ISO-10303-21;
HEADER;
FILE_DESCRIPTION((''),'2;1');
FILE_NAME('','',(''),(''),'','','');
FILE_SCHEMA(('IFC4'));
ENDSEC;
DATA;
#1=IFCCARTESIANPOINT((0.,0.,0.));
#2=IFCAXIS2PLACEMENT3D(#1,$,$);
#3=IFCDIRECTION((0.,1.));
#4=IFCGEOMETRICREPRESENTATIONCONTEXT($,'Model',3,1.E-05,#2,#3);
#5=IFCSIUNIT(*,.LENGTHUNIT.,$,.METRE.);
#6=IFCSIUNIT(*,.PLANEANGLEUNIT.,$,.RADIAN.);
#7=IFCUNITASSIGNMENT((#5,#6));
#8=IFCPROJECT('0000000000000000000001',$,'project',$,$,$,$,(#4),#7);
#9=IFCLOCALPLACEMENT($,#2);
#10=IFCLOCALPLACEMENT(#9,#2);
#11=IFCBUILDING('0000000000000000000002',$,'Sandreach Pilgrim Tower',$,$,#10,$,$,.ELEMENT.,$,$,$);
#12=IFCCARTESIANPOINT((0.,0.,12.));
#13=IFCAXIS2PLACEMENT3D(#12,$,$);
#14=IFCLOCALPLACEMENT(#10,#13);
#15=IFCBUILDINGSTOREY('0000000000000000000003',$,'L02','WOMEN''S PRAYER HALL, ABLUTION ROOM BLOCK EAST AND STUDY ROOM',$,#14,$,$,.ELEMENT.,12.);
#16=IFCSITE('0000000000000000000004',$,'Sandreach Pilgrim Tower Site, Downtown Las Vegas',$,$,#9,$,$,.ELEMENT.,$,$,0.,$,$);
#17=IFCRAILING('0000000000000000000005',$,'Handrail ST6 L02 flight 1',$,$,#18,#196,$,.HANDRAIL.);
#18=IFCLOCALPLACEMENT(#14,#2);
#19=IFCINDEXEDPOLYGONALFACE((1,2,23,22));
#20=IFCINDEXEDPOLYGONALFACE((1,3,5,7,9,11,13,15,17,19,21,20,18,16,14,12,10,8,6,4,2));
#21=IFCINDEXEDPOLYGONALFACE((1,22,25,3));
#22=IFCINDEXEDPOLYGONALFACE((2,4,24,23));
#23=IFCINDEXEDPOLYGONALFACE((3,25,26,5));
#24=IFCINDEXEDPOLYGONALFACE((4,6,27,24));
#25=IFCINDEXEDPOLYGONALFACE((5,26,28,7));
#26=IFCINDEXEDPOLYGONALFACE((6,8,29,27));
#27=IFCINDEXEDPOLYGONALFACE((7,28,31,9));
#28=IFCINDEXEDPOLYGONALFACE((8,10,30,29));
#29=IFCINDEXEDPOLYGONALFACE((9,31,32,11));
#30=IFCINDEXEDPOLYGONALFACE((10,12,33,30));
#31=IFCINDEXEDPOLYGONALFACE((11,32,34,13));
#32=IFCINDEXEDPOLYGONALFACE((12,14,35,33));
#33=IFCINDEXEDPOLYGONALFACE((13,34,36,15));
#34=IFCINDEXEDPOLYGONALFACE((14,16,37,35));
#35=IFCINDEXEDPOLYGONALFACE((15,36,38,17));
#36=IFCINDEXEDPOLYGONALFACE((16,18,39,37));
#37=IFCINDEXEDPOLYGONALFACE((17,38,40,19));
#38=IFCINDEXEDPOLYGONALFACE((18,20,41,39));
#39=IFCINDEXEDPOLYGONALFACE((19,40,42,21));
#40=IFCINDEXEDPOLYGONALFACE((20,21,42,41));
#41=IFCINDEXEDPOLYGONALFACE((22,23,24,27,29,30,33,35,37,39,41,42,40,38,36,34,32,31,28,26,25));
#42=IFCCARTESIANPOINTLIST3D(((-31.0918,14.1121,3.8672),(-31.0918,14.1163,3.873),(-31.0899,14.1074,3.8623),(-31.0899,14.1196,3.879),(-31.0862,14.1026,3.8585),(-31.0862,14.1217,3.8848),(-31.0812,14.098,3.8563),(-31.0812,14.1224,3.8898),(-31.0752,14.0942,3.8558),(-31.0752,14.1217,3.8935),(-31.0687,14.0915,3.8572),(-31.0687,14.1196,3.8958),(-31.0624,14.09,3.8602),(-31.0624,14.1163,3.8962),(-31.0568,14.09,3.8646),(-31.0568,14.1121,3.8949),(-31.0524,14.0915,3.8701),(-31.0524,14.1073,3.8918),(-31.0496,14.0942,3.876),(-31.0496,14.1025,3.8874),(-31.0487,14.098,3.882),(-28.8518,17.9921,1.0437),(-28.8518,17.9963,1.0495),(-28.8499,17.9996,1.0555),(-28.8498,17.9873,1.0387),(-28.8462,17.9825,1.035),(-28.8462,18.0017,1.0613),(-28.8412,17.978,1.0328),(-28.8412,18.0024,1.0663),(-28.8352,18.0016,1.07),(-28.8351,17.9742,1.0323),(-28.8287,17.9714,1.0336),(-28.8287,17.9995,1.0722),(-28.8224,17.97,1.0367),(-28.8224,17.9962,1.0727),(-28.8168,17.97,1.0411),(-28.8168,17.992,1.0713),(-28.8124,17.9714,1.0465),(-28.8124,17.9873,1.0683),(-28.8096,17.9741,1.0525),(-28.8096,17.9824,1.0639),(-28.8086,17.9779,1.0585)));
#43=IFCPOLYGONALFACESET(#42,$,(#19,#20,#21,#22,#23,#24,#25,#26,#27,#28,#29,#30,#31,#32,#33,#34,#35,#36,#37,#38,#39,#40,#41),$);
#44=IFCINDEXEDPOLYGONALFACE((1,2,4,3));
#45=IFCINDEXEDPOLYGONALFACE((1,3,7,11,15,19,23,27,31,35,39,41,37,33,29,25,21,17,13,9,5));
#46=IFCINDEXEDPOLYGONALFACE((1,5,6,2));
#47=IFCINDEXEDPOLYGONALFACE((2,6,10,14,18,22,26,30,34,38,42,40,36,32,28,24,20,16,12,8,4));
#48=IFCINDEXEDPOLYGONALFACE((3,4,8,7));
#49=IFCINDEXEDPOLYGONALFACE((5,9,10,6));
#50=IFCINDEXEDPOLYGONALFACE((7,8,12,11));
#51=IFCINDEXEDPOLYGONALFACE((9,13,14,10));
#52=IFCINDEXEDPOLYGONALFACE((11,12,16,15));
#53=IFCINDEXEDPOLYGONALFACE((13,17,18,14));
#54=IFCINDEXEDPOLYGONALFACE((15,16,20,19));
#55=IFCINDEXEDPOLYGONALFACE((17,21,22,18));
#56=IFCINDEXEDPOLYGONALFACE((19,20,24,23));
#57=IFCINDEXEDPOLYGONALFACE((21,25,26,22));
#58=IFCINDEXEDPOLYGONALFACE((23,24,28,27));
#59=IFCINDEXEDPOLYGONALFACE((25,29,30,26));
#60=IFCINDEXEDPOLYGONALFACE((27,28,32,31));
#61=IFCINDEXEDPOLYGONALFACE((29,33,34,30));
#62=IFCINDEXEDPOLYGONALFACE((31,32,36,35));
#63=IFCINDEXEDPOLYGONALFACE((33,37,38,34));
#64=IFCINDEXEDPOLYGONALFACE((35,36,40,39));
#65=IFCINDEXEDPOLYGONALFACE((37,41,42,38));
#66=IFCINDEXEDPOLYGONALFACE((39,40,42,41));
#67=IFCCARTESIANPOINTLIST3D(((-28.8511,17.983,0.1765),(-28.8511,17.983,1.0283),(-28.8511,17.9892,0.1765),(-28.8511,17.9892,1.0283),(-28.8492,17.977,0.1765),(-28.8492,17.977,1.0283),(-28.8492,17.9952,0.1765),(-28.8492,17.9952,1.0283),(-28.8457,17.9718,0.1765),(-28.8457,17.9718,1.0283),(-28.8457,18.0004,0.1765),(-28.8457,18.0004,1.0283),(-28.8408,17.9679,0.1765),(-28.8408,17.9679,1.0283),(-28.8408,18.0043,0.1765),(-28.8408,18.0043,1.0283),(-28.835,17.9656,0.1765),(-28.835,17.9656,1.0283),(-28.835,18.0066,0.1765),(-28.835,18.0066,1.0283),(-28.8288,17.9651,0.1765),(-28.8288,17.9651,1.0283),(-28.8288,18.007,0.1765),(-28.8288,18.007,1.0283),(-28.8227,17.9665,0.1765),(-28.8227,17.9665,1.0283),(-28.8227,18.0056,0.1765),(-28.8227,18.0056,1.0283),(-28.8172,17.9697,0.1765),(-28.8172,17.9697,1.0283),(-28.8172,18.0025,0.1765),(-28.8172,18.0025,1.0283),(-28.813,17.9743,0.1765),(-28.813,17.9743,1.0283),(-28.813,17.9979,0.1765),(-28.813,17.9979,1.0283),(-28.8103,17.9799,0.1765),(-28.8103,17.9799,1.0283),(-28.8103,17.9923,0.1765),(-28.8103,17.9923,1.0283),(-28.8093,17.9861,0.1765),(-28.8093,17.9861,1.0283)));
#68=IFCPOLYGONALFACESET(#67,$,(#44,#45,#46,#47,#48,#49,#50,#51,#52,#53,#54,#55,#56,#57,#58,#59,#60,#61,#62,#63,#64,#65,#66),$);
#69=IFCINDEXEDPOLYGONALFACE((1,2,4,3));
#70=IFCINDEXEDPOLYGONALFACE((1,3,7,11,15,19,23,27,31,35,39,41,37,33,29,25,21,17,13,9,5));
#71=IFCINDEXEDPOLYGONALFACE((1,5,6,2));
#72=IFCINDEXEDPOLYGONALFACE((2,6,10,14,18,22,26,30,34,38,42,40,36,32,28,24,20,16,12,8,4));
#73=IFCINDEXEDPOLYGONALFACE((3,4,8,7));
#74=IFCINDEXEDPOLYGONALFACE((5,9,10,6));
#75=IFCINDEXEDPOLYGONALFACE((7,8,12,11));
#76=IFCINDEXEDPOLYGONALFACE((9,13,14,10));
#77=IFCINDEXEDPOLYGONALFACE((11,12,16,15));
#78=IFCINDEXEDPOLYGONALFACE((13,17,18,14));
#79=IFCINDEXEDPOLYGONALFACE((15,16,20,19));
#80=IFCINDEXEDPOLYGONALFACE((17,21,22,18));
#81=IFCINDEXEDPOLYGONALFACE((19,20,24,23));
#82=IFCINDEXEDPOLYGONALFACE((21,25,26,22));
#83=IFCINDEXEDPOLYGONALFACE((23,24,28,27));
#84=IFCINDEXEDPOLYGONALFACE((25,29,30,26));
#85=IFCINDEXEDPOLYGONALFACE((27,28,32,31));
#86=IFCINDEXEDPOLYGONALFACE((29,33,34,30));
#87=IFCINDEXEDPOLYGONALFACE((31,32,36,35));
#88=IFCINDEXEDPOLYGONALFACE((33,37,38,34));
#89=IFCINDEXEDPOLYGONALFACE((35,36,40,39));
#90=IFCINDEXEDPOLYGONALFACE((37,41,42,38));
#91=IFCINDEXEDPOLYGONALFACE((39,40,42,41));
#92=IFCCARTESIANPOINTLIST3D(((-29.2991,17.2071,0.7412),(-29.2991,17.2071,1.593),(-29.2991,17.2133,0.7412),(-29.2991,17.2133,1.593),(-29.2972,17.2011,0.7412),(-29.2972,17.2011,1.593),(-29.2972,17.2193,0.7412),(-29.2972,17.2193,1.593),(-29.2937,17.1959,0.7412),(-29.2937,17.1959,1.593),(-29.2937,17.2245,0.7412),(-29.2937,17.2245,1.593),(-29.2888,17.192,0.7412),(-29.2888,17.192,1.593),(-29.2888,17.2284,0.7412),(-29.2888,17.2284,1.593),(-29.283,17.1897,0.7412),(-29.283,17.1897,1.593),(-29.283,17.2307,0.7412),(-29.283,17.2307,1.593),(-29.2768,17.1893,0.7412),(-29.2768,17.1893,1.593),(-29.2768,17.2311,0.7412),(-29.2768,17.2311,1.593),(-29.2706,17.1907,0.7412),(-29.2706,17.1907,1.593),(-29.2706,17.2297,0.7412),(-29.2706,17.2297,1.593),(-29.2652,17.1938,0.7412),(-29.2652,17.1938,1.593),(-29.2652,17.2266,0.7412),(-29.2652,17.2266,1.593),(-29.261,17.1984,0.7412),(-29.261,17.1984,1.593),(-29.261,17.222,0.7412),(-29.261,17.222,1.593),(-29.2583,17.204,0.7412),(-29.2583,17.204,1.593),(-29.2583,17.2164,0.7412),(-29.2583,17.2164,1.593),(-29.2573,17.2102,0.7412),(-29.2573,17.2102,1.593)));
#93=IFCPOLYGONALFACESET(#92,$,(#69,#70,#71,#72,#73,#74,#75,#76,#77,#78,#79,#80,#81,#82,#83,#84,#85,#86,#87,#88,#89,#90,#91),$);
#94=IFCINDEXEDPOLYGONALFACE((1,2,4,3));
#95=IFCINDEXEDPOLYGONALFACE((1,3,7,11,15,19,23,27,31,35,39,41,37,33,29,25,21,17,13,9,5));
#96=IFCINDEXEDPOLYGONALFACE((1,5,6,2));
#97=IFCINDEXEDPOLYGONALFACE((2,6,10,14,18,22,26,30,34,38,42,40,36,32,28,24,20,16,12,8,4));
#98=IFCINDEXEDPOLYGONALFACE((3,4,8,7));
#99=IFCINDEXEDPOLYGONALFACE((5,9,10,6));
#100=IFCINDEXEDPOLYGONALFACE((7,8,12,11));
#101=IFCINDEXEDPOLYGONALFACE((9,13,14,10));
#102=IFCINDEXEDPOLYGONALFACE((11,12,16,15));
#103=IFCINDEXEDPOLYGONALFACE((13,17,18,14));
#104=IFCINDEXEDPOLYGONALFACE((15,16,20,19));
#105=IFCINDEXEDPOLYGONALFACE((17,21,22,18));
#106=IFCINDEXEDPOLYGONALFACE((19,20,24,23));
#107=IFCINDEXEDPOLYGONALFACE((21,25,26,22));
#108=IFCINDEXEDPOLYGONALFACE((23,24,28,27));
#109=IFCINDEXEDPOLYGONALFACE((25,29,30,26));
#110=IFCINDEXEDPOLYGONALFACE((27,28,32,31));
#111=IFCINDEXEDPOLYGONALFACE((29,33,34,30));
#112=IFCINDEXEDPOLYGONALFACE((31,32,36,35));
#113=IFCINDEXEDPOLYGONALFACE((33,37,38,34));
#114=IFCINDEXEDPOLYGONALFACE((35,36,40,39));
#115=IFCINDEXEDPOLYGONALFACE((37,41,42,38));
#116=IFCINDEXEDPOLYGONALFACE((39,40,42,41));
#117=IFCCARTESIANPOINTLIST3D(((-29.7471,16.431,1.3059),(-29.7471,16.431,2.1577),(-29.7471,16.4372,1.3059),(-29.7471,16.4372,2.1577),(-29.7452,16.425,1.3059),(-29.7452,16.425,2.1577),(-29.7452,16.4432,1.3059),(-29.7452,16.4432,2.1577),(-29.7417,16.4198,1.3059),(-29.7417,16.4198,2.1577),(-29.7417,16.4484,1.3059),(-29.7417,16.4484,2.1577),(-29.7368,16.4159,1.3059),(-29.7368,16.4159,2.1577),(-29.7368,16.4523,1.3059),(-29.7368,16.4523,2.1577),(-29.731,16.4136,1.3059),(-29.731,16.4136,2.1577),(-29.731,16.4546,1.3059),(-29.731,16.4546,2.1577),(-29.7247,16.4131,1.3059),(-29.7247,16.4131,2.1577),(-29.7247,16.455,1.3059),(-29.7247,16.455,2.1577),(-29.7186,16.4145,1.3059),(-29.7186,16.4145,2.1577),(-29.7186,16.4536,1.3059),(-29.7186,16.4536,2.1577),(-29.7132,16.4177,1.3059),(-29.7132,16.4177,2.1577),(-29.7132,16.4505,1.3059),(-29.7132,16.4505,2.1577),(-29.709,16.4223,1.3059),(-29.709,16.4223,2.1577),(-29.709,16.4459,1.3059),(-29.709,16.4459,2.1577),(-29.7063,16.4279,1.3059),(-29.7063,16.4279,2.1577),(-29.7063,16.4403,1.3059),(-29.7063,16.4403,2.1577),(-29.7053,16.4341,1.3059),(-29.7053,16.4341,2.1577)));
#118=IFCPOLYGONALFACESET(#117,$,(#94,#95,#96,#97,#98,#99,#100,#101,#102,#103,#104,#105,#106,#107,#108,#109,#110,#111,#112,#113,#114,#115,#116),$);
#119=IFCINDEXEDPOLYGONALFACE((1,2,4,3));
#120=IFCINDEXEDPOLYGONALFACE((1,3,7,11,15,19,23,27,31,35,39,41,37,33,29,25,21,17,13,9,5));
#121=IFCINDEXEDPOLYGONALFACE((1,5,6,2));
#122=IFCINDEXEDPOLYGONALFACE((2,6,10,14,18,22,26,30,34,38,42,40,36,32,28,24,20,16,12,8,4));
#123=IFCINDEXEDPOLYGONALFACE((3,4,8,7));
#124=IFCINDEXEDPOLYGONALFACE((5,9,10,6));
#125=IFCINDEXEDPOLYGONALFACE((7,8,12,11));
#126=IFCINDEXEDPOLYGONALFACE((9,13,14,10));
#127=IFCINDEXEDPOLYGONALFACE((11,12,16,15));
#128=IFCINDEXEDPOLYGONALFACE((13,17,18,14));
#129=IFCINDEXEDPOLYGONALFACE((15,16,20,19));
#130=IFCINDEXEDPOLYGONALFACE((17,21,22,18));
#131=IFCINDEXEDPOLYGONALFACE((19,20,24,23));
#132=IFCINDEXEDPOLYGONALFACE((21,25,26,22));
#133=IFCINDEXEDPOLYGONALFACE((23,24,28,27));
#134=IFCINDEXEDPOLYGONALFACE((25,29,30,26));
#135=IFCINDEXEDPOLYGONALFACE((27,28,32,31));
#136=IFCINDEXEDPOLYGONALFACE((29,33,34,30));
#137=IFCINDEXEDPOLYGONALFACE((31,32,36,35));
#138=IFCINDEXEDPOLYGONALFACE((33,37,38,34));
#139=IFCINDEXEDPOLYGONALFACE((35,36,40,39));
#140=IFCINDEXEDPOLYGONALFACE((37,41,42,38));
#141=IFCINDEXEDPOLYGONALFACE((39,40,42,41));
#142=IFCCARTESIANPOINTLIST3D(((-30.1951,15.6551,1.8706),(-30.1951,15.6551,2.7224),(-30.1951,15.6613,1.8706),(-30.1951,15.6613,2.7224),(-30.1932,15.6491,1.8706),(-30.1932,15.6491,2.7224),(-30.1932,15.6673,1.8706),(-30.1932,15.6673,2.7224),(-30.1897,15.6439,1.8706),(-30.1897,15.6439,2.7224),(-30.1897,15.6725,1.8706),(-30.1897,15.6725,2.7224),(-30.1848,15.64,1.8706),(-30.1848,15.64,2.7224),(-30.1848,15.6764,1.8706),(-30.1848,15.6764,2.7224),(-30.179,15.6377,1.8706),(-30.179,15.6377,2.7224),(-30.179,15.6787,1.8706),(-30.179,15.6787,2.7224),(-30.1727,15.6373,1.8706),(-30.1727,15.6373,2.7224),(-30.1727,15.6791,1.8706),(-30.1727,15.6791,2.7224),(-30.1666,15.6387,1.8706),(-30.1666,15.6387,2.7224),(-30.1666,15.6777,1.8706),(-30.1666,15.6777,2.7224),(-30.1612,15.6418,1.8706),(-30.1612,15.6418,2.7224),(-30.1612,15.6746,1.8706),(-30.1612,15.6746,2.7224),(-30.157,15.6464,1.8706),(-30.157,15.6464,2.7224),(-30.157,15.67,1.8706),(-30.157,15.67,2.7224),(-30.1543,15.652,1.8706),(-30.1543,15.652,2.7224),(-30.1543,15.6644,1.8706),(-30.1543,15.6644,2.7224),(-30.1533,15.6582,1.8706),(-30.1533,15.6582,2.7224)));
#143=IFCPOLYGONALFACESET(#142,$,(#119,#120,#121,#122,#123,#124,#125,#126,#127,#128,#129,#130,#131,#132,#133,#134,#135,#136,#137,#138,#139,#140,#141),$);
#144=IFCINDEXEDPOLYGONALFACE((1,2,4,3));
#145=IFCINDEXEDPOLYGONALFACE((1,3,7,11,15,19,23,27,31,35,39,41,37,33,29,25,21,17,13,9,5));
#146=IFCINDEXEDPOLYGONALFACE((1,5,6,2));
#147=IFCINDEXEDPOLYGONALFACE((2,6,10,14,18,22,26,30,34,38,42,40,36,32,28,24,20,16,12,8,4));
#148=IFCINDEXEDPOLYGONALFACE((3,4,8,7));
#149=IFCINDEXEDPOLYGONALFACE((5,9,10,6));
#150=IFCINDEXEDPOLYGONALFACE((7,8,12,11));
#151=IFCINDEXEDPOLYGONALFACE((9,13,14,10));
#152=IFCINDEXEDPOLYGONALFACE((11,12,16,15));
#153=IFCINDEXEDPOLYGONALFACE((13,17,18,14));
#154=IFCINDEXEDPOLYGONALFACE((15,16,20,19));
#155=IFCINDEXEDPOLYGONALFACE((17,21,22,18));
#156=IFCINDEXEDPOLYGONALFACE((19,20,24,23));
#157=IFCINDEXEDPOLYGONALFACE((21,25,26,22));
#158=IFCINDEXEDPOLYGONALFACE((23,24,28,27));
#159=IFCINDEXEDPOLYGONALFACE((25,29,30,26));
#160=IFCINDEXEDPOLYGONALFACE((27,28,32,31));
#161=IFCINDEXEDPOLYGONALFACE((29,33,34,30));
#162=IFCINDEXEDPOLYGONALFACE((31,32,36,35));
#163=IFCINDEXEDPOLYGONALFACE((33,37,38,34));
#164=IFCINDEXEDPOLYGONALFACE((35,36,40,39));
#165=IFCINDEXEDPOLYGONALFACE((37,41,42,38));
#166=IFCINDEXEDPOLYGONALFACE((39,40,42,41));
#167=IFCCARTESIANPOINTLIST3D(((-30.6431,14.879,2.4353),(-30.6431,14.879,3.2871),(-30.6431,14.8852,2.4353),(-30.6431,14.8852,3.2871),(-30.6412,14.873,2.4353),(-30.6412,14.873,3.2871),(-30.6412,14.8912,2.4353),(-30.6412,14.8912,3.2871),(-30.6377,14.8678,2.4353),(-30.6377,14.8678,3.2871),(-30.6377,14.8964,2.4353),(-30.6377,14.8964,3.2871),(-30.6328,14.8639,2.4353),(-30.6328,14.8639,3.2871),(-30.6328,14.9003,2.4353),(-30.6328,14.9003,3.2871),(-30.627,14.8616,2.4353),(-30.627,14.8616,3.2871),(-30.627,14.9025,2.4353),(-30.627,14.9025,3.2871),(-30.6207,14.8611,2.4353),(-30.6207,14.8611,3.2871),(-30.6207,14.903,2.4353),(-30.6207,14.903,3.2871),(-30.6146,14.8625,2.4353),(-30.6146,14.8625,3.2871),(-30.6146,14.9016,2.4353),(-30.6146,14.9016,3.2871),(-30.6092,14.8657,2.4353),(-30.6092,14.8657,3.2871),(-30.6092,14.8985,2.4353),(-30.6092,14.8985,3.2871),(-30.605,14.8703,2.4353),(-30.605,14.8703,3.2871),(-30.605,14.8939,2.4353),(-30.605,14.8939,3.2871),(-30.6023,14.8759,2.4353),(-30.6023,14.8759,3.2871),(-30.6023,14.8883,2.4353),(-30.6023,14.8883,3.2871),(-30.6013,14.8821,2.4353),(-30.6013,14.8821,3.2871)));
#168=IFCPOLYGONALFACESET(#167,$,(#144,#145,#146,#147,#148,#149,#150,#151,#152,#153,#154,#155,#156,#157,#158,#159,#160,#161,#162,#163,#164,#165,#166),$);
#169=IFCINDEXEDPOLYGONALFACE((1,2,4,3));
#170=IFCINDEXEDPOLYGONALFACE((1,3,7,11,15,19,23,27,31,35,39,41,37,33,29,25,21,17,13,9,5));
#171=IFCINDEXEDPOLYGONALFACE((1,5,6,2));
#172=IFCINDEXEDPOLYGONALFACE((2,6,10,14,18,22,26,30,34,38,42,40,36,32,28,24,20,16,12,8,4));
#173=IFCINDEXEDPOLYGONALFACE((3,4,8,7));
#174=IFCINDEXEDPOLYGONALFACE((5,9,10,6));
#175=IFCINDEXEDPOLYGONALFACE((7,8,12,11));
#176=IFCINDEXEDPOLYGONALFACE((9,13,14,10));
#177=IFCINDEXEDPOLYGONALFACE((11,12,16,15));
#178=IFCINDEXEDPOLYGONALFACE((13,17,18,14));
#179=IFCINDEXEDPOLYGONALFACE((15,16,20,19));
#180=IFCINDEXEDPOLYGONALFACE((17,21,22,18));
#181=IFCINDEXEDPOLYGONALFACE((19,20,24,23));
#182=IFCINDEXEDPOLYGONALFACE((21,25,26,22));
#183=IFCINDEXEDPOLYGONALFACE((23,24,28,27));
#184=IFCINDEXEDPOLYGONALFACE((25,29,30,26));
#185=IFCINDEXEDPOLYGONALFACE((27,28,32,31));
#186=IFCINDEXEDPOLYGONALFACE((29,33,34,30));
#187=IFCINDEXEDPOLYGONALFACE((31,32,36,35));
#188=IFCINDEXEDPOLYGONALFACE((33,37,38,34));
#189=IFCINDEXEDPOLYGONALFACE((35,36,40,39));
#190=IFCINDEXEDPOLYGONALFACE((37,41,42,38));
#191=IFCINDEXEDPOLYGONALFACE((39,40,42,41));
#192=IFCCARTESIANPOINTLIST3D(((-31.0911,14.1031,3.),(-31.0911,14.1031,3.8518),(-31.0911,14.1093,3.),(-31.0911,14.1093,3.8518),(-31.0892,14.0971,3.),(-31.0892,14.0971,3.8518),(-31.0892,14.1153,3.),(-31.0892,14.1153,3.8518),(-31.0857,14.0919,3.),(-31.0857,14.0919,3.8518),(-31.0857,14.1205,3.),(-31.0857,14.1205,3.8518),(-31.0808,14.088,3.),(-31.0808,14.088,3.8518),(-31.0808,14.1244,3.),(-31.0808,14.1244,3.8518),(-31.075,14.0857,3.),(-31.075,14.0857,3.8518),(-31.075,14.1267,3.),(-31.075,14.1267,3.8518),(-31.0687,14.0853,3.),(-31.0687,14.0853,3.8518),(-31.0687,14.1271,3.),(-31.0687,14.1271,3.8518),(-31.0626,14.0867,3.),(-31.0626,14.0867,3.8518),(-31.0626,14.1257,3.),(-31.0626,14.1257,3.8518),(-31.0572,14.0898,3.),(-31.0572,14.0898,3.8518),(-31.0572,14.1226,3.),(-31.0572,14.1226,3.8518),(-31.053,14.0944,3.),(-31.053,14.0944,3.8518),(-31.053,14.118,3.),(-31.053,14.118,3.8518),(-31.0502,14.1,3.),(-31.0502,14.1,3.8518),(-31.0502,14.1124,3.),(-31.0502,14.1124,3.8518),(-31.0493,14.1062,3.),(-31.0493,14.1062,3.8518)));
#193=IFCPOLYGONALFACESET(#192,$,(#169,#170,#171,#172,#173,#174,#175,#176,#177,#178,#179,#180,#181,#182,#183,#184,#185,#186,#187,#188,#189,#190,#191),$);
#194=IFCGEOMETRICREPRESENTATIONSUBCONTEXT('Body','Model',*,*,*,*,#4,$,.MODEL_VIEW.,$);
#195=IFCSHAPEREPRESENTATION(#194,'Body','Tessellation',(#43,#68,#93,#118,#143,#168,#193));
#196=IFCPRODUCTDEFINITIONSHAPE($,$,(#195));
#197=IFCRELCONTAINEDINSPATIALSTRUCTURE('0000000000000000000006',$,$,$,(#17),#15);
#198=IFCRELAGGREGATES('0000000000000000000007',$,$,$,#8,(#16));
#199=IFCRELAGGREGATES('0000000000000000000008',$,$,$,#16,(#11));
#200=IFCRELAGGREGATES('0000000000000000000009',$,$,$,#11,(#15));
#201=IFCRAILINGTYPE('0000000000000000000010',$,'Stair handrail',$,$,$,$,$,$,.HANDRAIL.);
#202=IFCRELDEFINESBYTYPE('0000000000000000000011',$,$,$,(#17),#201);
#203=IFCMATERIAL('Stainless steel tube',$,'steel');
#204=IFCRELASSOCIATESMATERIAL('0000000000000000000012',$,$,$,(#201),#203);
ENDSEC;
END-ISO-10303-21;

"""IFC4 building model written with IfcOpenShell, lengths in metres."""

from ifc_helpers import new_model, si_unit, direction, frame, origin, origin_2d, place, context, subcontext, project, spatial, circle, extrude, material, type_object, element, save


model = new_model("IFC4")

# Units and contexts
model_context = context("Model", 3, precision=1e-05, world=origin(), true_north=direction((0.0, 1.0)))
body_context = subcontext(model_context, "Body", "Model", "MODEL_VIEW")
ifc_project = project(units=[si_unit("LENGTHUNIT", "METRE"), si_unit("PLANEANGLEUNIT", "RADIAN")], contexts=[model_context])

# Site, building, storey
site_placement = place(None, origin())
site = spatial("IfcSite", under=ifc_project, at=site_placement, Name="Sandreach Pilgrim Tower Site, Downtown Las Vegas", CompositionType="ELEMENT", RefElevation=0.0)
building_placement = place(site_placement, origin())
building = spatial("IfcBuilding", under=site, at=building_placement, Name="Sandreach Pilgrim Tower", CompositionType="ELEMENT")
storey_placement = place(building_placement, frame((0.0, 0.0, 12.0)))
storey = spatial("IfcBuildingStorey", under=building, at=storey_placement, Name="L02", Description="WOMEN'S PRAYER HALL, ABLUTION ROOM BLOCK EAST AND STUDY ROOM", CompositionType="ELEMENT", Elevation=12.0)

# Railing
ifc_material_1 = material(Name="Stainless steel tube", Category="steel")
railing_type = type_object("IfcRailingType", Name="Stair handrail", PredefinedType="HANDRAIL", material=ifc_material_1)
railing_1_placement = place(storey_placement, frame((-28.8303, 17.9861, 0.1765)))
element("IfcRailing", 1, at=railing_1_placement, inside=storey, type_object=railing_type, Name="Handrail ST6 L02 flight 1", PredefinedType="HANDRAIL", context=body_context, shape_type="SweptSolid", body=[
    extrude(circle(Radius=0.0239, at=origin_2d()), frame((0.0, 0.0, 0.876), z_axis=(-0.422993, -0.732665, 0.533178), x_axis=(0.866031, -0.49999, 0.0)), (0.0, 0.0, 1.0), 5.2957),
    extrude(circle(Radius=0.021, at=origin_2d()), origin(), (0.0, 0.0, 1.0), 0.8518),
    extrude(circle(Radius=0.021, at=origin_2d()), frame((-0.448, -0.7759, 0.5647)), (0.0, 0.0, 1.0), 0.8518),
    extrude(circle(Radius=0.021, at=origin_2d()), frame((-0.896, -1.552, 1.1294)), (0.0, 0.0, 1.0), 0.8518),
    extrude(circle(Radius=0.021, at=origin_2d()), frame((-1.344, -2.3279, 1.6941)), (0.0, 0.0, 1.0), 0.8518),
    extrude(circle(Radius=0.021, at=origin_2d()), frame((-1.792, -3.104, 2.2588)), (0.0, 0.0, 1.0), 0.8518),
    extrude(circle(Radius=0.021, at=origin_2d()), frame((-2.24, -3.8799, 2.8235)), (0.0, 0.0, 1.0), 0.8518),
])

save(model, "model.ifc")
